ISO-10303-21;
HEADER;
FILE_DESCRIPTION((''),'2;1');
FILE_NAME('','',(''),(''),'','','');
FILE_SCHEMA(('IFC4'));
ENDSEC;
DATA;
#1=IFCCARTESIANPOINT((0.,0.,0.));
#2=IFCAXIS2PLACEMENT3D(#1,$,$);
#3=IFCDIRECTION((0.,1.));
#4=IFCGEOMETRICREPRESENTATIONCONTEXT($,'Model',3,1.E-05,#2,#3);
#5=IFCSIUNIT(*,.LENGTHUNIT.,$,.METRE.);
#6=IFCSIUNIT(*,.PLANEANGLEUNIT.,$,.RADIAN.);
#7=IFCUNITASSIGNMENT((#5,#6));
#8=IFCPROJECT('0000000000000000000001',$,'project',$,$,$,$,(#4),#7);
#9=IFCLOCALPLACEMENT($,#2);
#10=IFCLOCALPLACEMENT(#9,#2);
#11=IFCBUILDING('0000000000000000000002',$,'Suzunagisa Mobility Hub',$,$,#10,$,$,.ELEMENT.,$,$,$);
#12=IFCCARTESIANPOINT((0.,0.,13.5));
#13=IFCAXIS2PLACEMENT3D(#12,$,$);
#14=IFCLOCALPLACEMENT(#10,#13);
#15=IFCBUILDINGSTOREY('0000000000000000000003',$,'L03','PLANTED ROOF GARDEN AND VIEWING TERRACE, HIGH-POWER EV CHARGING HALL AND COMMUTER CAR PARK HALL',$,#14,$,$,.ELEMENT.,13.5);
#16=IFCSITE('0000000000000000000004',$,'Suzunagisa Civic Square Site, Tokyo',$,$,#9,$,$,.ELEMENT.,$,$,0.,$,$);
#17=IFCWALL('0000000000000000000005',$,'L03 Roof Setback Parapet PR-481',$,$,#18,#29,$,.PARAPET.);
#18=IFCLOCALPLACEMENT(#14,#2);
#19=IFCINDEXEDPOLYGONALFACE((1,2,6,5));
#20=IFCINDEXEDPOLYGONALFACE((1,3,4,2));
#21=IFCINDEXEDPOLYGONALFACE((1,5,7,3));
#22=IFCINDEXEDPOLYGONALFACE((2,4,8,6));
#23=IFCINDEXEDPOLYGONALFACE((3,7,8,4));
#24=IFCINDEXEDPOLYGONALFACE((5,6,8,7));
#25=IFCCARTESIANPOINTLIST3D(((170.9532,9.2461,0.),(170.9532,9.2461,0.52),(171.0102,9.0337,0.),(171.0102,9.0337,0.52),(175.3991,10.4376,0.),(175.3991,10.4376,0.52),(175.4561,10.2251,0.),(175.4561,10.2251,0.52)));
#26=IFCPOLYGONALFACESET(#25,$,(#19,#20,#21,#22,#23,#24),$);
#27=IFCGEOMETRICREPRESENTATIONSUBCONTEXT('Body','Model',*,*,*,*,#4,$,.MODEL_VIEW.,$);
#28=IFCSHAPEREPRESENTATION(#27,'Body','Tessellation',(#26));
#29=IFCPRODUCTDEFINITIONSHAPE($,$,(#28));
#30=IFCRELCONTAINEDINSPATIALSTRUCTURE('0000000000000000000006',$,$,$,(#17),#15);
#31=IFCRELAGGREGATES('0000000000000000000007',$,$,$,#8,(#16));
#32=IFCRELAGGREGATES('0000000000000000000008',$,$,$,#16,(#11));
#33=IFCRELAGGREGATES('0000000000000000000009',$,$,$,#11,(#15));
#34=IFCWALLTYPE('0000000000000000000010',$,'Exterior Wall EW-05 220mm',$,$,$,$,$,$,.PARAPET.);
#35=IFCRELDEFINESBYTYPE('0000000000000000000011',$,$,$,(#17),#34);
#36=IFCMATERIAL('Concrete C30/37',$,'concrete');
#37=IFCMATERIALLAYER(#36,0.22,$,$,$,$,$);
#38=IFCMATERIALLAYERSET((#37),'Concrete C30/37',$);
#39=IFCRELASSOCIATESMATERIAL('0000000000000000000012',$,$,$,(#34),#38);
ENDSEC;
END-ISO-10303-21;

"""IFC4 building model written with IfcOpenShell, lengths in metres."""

from ifc_helpers import new_model, si_unit, direction, frame, frame_2d, origin, place, context, subcontext, project, spatial, rectangle, extrude, material, layer, layer_set, type_object, element, save


model = new_model("IFC4")

# Units and contexts
model_context = context("Model", 3, precision=1e-05, world=origin(), true_north=direction((0.0, 1.0)))
body_context = subcontext(model_context, "Body", "Model", "MODEL_VIEW")
ifc_project = project(units=[si_unit("LENGTHUNIT", "METRE"), si_unit("PLANEANGLEUNIT", "RADIAN")], contexts=[model_context])

# Site, building, storey
site_placement = place(None, origin())
site = spatial("IfcSite", under=ifc_project, at=site_placement, Name="Suzunagisa Civic Square Site, Tokyo", CompositionType="ELEMENT", RefElevation=0.0)
building_placement = place(site_placement, origin())
building = spatial("IfcBuilding", under=site, at=building_placement, Name="Suzunagisa Mobility Hub", CompositionType="ELEMENT")
storey_placement = place(building_placement, frame((0.0, 0.0, 13.5)))
storey = spatial("IfcBuildingStorey", under=building, at=storey_placement, Name="L03", Description="PLANTED ROOF GARDEN AND VIEWING TERRACE, HIGH-POWER EV CHARGING HALL AND COMMUTER CAR PARK HALL", CompositionType="ELEMENT", Elevation=13.5)

# Wall
ifc_material_1 = material(Name="Concrete C30/37", Category="concrete")
ifc_layer_1 = layer(ifc_material_1, 0.22)
ifc_layer_set_1 = layer_set([ifc_layer_1], Name="Concrete C30/37")
wall_type = type_object("IfcWallType", Name="Exterior Wall EW-05 220mm", PredefinedType="PARAPET", material=ifc_layer_set_1)
wall_1_placement = place(storey_placement, frame((175.4275, 10.3313, 0.0), z_axis=(0.0, 0.0, 1.0), x_axis=(-0.965917, -0.258851, 0.0)))
element("IfcWall", 1, at=wall_1_placement, inside=storey, type_object=wall_type, Name="L03 Roof Setback Parapet PR-481", PredefinedType="PARAPET", context=body_context, shape_type="SweptSolid", body=[
    extrude(rectangle(XDim=4.6028, YDim=0.22, at=frame_2d((2.3013, 0.0))), origin(), (0.0, 0.0, 1.0), 0.52),
])

save(model, "model.ifc")
